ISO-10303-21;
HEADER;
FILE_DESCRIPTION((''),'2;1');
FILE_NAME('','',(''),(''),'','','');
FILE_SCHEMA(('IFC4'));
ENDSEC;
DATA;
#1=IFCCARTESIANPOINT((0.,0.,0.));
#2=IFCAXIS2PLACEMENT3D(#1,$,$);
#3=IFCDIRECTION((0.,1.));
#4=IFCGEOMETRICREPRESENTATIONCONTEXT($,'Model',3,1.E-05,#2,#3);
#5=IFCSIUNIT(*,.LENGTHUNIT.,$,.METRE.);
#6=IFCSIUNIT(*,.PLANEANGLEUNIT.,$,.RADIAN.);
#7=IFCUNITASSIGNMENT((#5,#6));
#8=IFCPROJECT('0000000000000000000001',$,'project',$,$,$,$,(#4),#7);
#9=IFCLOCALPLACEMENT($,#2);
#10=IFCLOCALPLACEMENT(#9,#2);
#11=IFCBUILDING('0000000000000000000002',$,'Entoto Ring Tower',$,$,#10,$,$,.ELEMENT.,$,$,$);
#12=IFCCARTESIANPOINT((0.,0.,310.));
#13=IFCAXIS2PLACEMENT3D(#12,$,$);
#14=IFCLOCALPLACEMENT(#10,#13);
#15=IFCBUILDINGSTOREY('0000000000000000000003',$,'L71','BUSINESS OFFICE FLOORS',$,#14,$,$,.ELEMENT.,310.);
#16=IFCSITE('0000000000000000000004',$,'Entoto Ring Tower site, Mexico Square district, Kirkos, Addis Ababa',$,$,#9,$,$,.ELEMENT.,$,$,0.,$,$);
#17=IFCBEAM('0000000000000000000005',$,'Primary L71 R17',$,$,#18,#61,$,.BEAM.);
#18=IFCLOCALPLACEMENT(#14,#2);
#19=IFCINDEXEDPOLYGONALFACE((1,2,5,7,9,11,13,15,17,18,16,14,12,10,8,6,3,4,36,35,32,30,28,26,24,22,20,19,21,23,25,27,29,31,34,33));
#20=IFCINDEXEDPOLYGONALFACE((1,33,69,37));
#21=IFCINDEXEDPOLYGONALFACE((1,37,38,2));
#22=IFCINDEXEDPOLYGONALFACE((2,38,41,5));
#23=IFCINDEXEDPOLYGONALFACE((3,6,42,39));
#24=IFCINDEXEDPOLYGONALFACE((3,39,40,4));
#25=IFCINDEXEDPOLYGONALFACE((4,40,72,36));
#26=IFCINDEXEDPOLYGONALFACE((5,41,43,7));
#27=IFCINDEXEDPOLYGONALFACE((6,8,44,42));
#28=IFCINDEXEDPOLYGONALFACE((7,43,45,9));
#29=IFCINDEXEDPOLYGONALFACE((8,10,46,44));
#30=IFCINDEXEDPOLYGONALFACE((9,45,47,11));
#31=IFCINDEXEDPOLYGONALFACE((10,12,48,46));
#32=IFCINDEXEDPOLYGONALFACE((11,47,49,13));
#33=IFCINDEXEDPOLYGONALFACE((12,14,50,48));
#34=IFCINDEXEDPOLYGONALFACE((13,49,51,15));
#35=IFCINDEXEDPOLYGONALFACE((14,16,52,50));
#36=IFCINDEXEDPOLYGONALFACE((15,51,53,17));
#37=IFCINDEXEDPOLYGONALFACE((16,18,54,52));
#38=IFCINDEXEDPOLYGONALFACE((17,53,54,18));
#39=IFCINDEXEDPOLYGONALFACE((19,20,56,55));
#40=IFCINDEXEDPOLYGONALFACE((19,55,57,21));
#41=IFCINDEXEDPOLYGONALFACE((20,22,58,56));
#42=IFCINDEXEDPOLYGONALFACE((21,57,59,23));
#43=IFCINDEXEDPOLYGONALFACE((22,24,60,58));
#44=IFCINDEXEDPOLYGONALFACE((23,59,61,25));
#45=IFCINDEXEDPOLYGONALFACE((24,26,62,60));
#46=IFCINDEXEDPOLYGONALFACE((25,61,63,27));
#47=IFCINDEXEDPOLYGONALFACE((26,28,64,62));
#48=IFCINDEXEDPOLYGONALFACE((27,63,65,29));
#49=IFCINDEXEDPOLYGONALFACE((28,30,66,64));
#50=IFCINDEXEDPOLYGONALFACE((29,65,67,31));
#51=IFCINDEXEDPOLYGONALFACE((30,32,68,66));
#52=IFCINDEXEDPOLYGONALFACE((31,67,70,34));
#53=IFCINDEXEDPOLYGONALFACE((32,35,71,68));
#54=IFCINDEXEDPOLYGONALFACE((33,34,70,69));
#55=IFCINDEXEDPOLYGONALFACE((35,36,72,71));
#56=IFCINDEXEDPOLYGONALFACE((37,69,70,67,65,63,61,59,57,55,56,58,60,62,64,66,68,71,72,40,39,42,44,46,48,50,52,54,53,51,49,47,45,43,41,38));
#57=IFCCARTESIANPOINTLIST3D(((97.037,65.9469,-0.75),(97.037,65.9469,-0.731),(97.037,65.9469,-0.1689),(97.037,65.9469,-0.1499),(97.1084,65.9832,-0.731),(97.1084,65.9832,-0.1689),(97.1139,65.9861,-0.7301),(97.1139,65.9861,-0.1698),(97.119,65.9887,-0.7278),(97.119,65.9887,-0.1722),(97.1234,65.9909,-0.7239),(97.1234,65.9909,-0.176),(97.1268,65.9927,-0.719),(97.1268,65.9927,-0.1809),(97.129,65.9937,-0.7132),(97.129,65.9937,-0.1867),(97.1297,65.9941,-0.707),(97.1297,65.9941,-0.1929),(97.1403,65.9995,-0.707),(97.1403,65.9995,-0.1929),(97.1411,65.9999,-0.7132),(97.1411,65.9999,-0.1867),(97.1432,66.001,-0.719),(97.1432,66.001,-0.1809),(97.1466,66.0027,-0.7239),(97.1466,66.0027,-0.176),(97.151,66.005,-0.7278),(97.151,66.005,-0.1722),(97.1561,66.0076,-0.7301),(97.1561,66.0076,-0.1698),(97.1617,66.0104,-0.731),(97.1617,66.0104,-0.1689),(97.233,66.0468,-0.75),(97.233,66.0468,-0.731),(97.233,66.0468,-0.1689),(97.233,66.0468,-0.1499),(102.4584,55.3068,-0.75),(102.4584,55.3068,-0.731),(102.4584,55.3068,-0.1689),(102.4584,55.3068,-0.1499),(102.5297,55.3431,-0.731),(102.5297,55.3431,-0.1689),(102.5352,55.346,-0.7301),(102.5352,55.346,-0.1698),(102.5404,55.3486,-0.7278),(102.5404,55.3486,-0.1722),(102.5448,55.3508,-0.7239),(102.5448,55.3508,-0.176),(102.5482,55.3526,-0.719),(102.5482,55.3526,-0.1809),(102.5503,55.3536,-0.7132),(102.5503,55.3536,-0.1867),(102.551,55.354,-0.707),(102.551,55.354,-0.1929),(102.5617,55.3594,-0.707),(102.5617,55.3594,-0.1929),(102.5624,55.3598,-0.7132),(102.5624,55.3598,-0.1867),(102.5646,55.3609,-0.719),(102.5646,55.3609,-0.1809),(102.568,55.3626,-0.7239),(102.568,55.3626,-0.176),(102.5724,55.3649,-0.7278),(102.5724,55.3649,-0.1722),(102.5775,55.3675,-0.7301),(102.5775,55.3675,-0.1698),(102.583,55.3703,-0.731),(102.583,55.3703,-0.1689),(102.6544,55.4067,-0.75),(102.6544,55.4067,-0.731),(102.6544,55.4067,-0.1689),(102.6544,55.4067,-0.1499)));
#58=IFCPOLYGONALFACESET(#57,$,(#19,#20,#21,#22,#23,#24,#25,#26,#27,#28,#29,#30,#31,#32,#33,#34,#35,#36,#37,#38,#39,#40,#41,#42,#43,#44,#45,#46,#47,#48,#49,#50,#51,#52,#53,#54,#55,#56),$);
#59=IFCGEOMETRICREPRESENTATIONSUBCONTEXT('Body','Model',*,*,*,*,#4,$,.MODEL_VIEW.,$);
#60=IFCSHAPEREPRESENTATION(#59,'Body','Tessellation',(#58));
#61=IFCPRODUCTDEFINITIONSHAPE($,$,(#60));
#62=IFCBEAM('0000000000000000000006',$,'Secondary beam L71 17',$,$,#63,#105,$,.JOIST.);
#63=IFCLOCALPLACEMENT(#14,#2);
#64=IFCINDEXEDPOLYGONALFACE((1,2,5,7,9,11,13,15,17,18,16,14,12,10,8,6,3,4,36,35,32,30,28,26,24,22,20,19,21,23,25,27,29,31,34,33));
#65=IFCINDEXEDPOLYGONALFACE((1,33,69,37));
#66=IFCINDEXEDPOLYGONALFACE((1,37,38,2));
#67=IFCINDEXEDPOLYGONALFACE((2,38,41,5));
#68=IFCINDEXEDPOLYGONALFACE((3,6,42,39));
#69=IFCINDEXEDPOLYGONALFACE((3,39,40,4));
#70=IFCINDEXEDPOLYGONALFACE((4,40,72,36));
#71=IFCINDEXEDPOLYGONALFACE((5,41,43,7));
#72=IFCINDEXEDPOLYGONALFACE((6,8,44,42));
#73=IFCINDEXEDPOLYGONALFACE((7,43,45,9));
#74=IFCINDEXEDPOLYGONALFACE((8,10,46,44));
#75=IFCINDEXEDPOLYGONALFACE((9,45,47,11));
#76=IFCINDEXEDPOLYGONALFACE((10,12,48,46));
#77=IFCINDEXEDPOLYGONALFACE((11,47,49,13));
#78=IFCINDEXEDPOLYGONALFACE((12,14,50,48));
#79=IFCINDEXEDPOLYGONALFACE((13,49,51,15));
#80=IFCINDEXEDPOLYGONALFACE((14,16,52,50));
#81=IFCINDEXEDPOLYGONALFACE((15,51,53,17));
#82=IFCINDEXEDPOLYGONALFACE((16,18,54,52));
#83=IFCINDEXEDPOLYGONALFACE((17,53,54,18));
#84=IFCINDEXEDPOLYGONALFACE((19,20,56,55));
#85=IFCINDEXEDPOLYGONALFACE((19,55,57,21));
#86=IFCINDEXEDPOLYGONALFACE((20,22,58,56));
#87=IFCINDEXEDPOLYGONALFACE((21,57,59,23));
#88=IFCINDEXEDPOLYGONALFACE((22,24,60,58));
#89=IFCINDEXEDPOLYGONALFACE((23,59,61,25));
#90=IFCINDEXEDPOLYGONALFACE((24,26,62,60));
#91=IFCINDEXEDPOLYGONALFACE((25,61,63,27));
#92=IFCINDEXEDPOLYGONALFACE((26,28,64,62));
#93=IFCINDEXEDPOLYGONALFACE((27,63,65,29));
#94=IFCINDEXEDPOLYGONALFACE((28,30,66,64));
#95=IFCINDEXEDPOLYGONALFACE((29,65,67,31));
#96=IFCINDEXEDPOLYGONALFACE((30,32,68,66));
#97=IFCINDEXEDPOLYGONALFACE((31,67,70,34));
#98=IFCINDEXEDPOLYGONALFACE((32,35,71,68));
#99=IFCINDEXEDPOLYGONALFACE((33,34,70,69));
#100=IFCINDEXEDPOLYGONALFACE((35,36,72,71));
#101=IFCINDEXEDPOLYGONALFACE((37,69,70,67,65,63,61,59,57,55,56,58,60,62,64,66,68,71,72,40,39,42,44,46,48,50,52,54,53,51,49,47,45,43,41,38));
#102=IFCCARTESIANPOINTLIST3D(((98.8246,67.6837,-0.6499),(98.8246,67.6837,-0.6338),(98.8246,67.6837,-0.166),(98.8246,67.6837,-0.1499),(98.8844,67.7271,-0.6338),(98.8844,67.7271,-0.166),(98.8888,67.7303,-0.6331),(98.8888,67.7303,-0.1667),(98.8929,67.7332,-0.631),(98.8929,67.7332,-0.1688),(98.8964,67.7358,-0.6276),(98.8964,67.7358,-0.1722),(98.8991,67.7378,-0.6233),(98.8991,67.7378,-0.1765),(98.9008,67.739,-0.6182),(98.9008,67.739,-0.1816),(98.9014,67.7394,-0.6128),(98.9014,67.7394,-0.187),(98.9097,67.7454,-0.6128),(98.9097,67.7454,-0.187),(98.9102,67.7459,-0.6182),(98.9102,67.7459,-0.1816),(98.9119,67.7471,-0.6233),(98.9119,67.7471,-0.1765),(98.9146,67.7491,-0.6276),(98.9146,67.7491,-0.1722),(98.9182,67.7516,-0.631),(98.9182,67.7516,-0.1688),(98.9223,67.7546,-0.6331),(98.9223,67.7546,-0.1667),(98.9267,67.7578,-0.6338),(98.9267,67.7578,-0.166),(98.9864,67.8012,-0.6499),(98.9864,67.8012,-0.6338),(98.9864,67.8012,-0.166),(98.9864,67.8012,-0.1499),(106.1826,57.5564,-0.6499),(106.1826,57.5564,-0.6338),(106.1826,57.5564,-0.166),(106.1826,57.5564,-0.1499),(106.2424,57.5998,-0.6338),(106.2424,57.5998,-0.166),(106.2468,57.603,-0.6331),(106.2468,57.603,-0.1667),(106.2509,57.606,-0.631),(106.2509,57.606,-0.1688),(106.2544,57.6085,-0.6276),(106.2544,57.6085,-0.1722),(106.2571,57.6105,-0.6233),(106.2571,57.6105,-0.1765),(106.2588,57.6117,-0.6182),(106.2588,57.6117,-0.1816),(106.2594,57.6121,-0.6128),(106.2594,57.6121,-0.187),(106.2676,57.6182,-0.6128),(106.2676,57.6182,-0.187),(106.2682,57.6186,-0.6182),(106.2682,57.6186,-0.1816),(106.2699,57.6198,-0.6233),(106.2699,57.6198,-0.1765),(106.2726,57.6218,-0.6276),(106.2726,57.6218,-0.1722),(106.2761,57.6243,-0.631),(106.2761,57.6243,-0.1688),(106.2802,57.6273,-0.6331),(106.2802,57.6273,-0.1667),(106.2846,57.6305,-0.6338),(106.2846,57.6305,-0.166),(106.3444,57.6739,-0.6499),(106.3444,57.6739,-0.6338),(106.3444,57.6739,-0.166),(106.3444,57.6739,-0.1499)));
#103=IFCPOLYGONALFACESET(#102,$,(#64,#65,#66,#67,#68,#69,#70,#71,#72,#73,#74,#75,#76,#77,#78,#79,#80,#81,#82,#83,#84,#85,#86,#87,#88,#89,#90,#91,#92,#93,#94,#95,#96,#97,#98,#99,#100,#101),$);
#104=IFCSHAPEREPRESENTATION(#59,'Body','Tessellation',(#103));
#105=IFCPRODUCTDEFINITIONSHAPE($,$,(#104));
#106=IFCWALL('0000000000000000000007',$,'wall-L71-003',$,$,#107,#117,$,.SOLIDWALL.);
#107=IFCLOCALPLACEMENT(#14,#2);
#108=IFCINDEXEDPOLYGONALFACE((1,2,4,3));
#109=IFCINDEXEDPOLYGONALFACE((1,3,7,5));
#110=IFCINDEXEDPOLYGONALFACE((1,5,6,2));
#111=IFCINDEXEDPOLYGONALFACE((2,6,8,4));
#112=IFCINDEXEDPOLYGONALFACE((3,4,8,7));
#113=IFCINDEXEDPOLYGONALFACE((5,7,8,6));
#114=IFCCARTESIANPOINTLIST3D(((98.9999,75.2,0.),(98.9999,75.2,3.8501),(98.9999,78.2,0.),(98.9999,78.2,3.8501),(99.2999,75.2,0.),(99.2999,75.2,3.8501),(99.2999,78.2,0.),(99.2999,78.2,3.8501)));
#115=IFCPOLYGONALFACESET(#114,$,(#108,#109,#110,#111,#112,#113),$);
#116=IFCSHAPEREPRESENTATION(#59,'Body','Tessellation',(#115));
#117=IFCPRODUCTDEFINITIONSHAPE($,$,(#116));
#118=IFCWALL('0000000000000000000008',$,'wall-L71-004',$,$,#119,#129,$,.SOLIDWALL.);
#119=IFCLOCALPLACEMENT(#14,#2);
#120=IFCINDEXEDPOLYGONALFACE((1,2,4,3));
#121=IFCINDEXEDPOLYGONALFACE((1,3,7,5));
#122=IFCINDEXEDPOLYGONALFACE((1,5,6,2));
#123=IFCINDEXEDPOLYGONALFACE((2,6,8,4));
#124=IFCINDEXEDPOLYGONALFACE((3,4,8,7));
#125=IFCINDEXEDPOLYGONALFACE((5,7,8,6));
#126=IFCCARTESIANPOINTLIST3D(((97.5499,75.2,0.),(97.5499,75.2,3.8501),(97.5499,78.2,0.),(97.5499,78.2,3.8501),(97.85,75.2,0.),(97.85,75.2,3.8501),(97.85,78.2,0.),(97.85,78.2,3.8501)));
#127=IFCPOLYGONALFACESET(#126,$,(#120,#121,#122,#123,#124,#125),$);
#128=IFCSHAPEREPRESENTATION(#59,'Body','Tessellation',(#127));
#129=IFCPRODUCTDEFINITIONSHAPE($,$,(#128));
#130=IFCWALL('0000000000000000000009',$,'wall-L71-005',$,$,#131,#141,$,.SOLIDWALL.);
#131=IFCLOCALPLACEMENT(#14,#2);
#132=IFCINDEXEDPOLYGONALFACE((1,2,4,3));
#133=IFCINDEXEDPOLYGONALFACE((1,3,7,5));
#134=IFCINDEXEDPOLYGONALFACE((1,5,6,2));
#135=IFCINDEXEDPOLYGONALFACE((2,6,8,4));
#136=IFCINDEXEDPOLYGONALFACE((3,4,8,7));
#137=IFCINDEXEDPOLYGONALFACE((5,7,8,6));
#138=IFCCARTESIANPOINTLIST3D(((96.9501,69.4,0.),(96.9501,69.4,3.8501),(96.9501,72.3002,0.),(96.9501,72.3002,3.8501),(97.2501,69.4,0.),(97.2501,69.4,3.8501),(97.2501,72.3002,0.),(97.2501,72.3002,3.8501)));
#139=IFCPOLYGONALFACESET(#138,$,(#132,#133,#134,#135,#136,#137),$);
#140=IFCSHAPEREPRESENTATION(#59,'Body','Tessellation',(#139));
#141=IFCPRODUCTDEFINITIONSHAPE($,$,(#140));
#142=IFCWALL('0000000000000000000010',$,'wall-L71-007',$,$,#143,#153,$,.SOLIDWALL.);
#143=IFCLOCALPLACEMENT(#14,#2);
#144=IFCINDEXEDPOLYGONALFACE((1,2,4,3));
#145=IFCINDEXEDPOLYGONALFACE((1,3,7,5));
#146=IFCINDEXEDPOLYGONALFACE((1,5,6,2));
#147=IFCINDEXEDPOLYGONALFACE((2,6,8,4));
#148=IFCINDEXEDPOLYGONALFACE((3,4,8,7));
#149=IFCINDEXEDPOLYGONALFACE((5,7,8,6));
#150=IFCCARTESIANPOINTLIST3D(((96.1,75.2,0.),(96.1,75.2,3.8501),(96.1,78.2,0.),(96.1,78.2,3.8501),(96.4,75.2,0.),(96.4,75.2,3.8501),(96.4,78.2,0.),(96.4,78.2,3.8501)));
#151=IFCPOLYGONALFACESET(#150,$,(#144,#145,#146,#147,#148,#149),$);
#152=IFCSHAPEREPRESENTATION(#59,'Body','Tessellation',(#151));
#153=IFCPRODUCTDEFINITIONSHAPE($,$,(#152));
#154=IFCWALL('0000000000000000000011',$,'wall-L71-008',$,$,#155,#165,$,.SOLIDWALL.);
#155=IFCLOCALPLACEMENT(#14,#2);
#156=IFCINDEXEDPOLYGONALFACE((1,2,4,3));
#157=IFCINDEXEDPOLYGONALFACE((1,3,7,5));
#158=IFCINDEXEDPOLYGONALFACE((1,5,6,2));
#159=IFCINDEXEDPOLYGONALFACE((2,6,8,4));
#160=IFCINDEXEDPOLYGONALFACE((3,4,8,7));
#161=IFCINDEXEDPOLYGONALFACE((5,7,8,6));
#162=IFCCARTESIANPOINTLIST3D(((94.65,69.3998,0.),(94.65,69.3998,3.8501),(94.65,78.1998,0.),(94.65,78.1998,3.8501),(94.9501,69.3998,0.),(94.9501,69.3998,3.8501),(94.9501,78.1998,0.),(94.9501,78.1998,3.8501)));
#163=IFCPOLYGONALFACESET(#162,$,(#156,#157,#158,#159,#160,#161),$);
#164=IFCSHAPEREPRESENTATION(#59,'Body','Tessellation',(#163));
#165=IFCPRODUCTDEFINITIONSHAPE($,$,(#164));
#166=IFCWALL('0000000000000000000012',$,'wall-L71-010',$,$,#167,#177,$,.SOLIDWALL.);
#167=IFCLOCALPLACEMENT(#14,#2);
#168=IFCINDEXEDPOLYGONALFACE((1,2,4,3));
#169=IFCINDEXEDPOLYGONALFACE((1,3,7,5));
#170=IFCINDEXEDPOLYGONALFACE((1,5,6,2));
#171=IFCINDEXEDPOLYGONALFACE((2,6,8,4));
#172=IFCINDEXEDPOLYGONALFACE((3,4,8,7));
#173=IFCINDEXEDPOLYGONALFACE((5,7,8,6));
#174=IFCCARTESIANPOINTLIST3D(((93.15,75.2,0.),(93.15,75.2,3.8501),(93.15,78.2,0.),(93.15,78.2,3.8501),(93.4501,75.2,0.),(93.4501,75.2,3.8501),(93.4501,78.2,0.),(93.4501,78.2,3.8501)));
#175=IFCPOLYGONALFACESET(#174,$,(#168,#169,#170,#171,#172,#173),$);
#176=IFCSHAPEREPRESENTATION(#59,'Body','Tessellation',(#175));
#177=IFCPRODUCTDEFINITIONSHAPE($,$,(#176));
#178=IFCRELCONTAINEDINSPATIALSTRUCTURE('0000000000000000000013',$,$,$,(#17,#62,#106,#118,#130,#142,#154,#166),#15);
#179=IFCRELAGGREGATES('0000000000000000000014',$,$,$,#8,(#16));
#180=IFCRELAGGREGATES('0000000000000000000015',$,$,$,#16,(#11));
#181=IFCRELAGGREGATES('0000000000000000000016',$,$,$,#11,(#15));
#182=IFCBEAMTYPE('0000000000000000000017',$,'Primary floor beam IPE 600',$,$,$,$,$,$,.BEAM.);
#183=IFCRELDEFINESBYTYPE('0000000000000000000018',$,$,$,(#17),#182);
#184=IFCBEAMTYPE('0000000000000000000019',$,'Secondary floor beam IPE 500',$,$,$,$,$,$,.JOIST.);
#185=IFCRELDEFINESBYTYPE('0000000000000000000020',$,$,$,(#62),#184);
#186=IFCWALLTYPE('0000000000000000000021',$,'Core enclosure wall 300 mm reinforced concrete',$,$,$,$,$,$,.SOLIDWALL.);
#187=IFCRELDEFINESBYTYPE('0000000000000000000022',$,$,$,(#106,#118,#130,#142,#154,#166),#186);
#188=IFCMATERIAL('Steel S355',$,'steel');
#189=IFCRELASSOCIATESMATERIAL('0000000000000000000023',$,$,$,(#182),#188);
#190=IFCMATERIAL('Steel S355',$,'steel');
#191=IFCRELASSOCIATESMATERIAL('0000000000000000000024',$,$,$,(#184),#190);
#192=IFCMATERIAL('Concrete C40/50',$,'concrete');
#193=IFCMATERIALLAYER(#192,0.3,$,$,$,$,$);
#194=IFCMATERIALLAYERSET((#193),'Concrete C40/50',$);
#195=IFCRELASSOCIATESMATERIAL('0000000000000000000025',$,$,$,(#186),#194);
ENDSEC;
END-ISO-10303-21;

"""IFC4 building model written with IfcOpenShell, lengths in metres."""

from ifc_helpers import new_model, si_unit, direction, frame, frame_2d, origin, origin_2d, place, context, subcontext, project, spatial, rectangle, i_section, extrude, material, layer, layer_set, material_profile, profile_set, type_object, element, save


model = new_model("IFC4")

# Units and contexts
model_context = context("Model", 3, precision=1e-05, world=origin(), true_north=direction((0.0, 1.0)))
body_context = subcontext(model_context, "Body", "Model", "MODEL_VIEW")
ifc_project = project(units=[si_unit("LENGTHUNIT", "METRE"), si_unit("PLANEANGLEUNIT", "RADIAN")], contexts=[model_context])

# Site, building, storey
site_placement = place(None, origin())
site = spatial("IfcSite", under=ifc_project, at=site_placement, Name="Entoto Ring Tower site, Mexico Square district, Kirkos, Addis Ababa", CompositionType="ELEMENT", RefElevation=0.0)
building_placement = place(site_placement, origin())
building = spatial("IfcBuilding", under=site, at=building_placement, Name="Entoto Ring Tower", CompositionType="ELEMENT")
storey_placement = place(building_placement, frame((0.0, 0.0, 310.0)))
storey = spatial("IfcBuildingStorey", under=building, at=storey_placement, Name="L71", Description="BUSINESS OFFICE FLOORS", CompositionType="ELEMENT", Elevation=310.0)

# Beams
ifc_material_1 = material(Name="Steel S355", Category="steel")
ifc_material_profile_1 = material_profile(ifc_material_1, i_section(OverallWidth=0.22, OverallDepth=0.6001, WebThickness=0.012, FlangeThickness=0.019, FilletRadius=0.0239, at=origin_2d()), Name="IPE 600")
ifc_profile_set_1 = profile_set([ifc_material_profile_1], Name="Steel S355")
beam_type_1 = type_object("IfcBeamType", Name="Primary floor beam IPE 600", PredefinedType="BEAM", material=ifc_profile_set_1)
beam_1_placement = place(storey_placement, frame((97.135, 65.9968, -0.45), z_axis=(0.453988, -0.891008, 0.0), x_axis=(0.891008, 0.453988, 0.0)))
element("IfcBeam", 1, at=beam_1_placement, inside=storey, type_object=beam_type_1, Name="Primary L71 R17", PredefinedType="BEAM", context=body_context, shape_type="SweptSolid", body=[
    extrude(i_section(OverallWidth=0.22, OverallDepth=0.6001, WebThickness=0.012, FlangeThickness=0.019, FilletRadius=0.0239, at=origin_2d()), origin(), (0.0, 0.0, 1.0), 11.9417),
])
ifc_material_2 = material(Name="Steel S355", Category="steel")
ifc_material_profile_2 = material_profile(ifc_material_2, i_section(OverallWidth=0.2, OverallDepth=0.5, WebThickness=0.0103, FlangeThickness=0.0161, FilletRadius=0.021, at=origin_2d()), Name="IPE 500")
ifc_profile_set_2 = profile_set([ifc_material_profile_2], Name="Steel S355")
beam_type_2 = type_object("IfcBeamType", Name="Secondary floor beam IPE 500", PredefinedType="JOIST", material=ifc_profile_set_2)
beam_2_placement = place(storey_placement, frame((98.9055, 67.7424, -0.3999), z_axis=(0.587789, -0.809014, 0.0), x_axis=(0.809014, 0.587789, 0.0)))
element("IfcBeam", 2, at=beam_2_placement, inside=storey, type_object=beam_type_2, Name="Secondary beam L71 17", PredefinedType="JOIST", context=body_context, shape_type="SweptSolid", body=[
    extrude(i_section(OverallWidth=0.2, OverallDepth=0.5, WebThickness=0.0103, FlangeThickness=0.0161, FilletRadius=0.021, at=origin_2d()), origin(), (0.0, 0.0, 1.0), 12.5181),
])

# Walls
ifc_material_3 = material(Name="Concrete C40/50", Category="concrete")
ifc_layer_1 = layer(ifc_material_3, 0.3)
ifc_layer_set_1 = layer_set([ifc_layer_1], Name="Concrete C40/50")
wall_type_1 = type_object("IfcWallType", Name="Core enclosure wall 300 mm reinforced concrete", PredefinedType="SOLIDWALL", material=ifc_layer_set_1)
for number, where, z_axis, x_axis, name in (
    (3, (99.1499, 75.2, 0.0), (0.0, 0.0, 1.0), (0.0, 1.0, 0.0), "wall-L71-003"),
    (4, (97.7, 75.2, 0.0), (0.0, 0.0, 1.0), (0.0, 1.0, 0.0), "wall-L71-004"),
):
    element("IfcWall", number, at=place(storey_placement, frame(where, z_axis=z_axis, x_axis=x_axis)), inside=storey, type_object=wall_type_1, Name=name, PredefinedType="SOLIDWALL", context=body_context, shape_type="SweptSolid", body=[
        extrude(rectangle(XDim=3.0, YDim=0.3, at=frame_2d((1.5, 0.0))), origin(), (0.0, 0.0, 1.0), 3.8501),
    ])
wall_1_placement = place(storey_placement, frame((97.1001, 69.3999, 0.0), z_axis=(0.0, 0.0, 1.0), x_axis=(0.0, 1.0, 0.0)))
element("IfcWall", 5, at=wall_1_placement, inside=storey, type_object=wall_type_1, Name="wall-L71-005", PredefinedType="SOLIDWALL", context=body_context, shape_type="SweptSolid", body=[
    extrude(rectangle(XDim=2.9001, YDim=0.3, at=frame_2d((1.4502, 0.0))), origin(), (0.0, 0.0, 1.0), 3.8501),
])
wall_2_placement = place(storey_placement, frame((96.25, 75.2, 0.0), z_axis=(0.0, 0.0, 1.0), x_axis=(0.0, 1.0, 0.0)))
element("IfcWall", 6, at=wall_2_placement, inside=storey, type_object=wall_type_1, Name="wall-L71-007", PredefinedType="SOLIDWALL", context=body_context, shape_type="SweptSolid", body=[
    extrude(rectangle(XDim=3.0, YDim=0.3, at=frame_2d((1.5, 0.0))), origin(), (0.0, 0.0, 1.0), 3.8501),
])
wall_3_placement = place(storey_placement, frame((94.8, 69.3999, 0.0), z_axis=(0.0, 0.0, 1.0), x_axis=(0.0, 1.0, 0.0)))
element("IfcWall", 7, at=wall_3_placement, inside=storey, type_object=wall_type_1, Name="wall-L71-008", PredefinedType="SOLIDWALL", context=body_context, shape_type="SweptSolid", body=[
    extrude(rectangle(XDim=8.8, YDim=0.3, at=frame_2d((4.3999, 0.0))), origin(), (0.0, 0.0, 1.0), 3.8501),
])
wall_4_placement = place(storey_placement, frame((93.3, 75.2, 0.0), z_axis=(0.0, 0.0, 1.0), x_axis=(0.0, 1.0, 0.0)))
element("IfcWall", 8, at=wall_4_placement, inside=storey, type_object=wall_type_1, Name="wall-L71-010", PredefinedType="SOLIDWALL", context=body_context, shape_type="SweptSolid", body=[
    extrude(rectangle(XDim=3.0, YDim=0.3, at=frame_2d((1.5, 0.0))), origin(), (0.0, 0.0, 1.0), 3.8501),
])

save(model, "model.ifc")
